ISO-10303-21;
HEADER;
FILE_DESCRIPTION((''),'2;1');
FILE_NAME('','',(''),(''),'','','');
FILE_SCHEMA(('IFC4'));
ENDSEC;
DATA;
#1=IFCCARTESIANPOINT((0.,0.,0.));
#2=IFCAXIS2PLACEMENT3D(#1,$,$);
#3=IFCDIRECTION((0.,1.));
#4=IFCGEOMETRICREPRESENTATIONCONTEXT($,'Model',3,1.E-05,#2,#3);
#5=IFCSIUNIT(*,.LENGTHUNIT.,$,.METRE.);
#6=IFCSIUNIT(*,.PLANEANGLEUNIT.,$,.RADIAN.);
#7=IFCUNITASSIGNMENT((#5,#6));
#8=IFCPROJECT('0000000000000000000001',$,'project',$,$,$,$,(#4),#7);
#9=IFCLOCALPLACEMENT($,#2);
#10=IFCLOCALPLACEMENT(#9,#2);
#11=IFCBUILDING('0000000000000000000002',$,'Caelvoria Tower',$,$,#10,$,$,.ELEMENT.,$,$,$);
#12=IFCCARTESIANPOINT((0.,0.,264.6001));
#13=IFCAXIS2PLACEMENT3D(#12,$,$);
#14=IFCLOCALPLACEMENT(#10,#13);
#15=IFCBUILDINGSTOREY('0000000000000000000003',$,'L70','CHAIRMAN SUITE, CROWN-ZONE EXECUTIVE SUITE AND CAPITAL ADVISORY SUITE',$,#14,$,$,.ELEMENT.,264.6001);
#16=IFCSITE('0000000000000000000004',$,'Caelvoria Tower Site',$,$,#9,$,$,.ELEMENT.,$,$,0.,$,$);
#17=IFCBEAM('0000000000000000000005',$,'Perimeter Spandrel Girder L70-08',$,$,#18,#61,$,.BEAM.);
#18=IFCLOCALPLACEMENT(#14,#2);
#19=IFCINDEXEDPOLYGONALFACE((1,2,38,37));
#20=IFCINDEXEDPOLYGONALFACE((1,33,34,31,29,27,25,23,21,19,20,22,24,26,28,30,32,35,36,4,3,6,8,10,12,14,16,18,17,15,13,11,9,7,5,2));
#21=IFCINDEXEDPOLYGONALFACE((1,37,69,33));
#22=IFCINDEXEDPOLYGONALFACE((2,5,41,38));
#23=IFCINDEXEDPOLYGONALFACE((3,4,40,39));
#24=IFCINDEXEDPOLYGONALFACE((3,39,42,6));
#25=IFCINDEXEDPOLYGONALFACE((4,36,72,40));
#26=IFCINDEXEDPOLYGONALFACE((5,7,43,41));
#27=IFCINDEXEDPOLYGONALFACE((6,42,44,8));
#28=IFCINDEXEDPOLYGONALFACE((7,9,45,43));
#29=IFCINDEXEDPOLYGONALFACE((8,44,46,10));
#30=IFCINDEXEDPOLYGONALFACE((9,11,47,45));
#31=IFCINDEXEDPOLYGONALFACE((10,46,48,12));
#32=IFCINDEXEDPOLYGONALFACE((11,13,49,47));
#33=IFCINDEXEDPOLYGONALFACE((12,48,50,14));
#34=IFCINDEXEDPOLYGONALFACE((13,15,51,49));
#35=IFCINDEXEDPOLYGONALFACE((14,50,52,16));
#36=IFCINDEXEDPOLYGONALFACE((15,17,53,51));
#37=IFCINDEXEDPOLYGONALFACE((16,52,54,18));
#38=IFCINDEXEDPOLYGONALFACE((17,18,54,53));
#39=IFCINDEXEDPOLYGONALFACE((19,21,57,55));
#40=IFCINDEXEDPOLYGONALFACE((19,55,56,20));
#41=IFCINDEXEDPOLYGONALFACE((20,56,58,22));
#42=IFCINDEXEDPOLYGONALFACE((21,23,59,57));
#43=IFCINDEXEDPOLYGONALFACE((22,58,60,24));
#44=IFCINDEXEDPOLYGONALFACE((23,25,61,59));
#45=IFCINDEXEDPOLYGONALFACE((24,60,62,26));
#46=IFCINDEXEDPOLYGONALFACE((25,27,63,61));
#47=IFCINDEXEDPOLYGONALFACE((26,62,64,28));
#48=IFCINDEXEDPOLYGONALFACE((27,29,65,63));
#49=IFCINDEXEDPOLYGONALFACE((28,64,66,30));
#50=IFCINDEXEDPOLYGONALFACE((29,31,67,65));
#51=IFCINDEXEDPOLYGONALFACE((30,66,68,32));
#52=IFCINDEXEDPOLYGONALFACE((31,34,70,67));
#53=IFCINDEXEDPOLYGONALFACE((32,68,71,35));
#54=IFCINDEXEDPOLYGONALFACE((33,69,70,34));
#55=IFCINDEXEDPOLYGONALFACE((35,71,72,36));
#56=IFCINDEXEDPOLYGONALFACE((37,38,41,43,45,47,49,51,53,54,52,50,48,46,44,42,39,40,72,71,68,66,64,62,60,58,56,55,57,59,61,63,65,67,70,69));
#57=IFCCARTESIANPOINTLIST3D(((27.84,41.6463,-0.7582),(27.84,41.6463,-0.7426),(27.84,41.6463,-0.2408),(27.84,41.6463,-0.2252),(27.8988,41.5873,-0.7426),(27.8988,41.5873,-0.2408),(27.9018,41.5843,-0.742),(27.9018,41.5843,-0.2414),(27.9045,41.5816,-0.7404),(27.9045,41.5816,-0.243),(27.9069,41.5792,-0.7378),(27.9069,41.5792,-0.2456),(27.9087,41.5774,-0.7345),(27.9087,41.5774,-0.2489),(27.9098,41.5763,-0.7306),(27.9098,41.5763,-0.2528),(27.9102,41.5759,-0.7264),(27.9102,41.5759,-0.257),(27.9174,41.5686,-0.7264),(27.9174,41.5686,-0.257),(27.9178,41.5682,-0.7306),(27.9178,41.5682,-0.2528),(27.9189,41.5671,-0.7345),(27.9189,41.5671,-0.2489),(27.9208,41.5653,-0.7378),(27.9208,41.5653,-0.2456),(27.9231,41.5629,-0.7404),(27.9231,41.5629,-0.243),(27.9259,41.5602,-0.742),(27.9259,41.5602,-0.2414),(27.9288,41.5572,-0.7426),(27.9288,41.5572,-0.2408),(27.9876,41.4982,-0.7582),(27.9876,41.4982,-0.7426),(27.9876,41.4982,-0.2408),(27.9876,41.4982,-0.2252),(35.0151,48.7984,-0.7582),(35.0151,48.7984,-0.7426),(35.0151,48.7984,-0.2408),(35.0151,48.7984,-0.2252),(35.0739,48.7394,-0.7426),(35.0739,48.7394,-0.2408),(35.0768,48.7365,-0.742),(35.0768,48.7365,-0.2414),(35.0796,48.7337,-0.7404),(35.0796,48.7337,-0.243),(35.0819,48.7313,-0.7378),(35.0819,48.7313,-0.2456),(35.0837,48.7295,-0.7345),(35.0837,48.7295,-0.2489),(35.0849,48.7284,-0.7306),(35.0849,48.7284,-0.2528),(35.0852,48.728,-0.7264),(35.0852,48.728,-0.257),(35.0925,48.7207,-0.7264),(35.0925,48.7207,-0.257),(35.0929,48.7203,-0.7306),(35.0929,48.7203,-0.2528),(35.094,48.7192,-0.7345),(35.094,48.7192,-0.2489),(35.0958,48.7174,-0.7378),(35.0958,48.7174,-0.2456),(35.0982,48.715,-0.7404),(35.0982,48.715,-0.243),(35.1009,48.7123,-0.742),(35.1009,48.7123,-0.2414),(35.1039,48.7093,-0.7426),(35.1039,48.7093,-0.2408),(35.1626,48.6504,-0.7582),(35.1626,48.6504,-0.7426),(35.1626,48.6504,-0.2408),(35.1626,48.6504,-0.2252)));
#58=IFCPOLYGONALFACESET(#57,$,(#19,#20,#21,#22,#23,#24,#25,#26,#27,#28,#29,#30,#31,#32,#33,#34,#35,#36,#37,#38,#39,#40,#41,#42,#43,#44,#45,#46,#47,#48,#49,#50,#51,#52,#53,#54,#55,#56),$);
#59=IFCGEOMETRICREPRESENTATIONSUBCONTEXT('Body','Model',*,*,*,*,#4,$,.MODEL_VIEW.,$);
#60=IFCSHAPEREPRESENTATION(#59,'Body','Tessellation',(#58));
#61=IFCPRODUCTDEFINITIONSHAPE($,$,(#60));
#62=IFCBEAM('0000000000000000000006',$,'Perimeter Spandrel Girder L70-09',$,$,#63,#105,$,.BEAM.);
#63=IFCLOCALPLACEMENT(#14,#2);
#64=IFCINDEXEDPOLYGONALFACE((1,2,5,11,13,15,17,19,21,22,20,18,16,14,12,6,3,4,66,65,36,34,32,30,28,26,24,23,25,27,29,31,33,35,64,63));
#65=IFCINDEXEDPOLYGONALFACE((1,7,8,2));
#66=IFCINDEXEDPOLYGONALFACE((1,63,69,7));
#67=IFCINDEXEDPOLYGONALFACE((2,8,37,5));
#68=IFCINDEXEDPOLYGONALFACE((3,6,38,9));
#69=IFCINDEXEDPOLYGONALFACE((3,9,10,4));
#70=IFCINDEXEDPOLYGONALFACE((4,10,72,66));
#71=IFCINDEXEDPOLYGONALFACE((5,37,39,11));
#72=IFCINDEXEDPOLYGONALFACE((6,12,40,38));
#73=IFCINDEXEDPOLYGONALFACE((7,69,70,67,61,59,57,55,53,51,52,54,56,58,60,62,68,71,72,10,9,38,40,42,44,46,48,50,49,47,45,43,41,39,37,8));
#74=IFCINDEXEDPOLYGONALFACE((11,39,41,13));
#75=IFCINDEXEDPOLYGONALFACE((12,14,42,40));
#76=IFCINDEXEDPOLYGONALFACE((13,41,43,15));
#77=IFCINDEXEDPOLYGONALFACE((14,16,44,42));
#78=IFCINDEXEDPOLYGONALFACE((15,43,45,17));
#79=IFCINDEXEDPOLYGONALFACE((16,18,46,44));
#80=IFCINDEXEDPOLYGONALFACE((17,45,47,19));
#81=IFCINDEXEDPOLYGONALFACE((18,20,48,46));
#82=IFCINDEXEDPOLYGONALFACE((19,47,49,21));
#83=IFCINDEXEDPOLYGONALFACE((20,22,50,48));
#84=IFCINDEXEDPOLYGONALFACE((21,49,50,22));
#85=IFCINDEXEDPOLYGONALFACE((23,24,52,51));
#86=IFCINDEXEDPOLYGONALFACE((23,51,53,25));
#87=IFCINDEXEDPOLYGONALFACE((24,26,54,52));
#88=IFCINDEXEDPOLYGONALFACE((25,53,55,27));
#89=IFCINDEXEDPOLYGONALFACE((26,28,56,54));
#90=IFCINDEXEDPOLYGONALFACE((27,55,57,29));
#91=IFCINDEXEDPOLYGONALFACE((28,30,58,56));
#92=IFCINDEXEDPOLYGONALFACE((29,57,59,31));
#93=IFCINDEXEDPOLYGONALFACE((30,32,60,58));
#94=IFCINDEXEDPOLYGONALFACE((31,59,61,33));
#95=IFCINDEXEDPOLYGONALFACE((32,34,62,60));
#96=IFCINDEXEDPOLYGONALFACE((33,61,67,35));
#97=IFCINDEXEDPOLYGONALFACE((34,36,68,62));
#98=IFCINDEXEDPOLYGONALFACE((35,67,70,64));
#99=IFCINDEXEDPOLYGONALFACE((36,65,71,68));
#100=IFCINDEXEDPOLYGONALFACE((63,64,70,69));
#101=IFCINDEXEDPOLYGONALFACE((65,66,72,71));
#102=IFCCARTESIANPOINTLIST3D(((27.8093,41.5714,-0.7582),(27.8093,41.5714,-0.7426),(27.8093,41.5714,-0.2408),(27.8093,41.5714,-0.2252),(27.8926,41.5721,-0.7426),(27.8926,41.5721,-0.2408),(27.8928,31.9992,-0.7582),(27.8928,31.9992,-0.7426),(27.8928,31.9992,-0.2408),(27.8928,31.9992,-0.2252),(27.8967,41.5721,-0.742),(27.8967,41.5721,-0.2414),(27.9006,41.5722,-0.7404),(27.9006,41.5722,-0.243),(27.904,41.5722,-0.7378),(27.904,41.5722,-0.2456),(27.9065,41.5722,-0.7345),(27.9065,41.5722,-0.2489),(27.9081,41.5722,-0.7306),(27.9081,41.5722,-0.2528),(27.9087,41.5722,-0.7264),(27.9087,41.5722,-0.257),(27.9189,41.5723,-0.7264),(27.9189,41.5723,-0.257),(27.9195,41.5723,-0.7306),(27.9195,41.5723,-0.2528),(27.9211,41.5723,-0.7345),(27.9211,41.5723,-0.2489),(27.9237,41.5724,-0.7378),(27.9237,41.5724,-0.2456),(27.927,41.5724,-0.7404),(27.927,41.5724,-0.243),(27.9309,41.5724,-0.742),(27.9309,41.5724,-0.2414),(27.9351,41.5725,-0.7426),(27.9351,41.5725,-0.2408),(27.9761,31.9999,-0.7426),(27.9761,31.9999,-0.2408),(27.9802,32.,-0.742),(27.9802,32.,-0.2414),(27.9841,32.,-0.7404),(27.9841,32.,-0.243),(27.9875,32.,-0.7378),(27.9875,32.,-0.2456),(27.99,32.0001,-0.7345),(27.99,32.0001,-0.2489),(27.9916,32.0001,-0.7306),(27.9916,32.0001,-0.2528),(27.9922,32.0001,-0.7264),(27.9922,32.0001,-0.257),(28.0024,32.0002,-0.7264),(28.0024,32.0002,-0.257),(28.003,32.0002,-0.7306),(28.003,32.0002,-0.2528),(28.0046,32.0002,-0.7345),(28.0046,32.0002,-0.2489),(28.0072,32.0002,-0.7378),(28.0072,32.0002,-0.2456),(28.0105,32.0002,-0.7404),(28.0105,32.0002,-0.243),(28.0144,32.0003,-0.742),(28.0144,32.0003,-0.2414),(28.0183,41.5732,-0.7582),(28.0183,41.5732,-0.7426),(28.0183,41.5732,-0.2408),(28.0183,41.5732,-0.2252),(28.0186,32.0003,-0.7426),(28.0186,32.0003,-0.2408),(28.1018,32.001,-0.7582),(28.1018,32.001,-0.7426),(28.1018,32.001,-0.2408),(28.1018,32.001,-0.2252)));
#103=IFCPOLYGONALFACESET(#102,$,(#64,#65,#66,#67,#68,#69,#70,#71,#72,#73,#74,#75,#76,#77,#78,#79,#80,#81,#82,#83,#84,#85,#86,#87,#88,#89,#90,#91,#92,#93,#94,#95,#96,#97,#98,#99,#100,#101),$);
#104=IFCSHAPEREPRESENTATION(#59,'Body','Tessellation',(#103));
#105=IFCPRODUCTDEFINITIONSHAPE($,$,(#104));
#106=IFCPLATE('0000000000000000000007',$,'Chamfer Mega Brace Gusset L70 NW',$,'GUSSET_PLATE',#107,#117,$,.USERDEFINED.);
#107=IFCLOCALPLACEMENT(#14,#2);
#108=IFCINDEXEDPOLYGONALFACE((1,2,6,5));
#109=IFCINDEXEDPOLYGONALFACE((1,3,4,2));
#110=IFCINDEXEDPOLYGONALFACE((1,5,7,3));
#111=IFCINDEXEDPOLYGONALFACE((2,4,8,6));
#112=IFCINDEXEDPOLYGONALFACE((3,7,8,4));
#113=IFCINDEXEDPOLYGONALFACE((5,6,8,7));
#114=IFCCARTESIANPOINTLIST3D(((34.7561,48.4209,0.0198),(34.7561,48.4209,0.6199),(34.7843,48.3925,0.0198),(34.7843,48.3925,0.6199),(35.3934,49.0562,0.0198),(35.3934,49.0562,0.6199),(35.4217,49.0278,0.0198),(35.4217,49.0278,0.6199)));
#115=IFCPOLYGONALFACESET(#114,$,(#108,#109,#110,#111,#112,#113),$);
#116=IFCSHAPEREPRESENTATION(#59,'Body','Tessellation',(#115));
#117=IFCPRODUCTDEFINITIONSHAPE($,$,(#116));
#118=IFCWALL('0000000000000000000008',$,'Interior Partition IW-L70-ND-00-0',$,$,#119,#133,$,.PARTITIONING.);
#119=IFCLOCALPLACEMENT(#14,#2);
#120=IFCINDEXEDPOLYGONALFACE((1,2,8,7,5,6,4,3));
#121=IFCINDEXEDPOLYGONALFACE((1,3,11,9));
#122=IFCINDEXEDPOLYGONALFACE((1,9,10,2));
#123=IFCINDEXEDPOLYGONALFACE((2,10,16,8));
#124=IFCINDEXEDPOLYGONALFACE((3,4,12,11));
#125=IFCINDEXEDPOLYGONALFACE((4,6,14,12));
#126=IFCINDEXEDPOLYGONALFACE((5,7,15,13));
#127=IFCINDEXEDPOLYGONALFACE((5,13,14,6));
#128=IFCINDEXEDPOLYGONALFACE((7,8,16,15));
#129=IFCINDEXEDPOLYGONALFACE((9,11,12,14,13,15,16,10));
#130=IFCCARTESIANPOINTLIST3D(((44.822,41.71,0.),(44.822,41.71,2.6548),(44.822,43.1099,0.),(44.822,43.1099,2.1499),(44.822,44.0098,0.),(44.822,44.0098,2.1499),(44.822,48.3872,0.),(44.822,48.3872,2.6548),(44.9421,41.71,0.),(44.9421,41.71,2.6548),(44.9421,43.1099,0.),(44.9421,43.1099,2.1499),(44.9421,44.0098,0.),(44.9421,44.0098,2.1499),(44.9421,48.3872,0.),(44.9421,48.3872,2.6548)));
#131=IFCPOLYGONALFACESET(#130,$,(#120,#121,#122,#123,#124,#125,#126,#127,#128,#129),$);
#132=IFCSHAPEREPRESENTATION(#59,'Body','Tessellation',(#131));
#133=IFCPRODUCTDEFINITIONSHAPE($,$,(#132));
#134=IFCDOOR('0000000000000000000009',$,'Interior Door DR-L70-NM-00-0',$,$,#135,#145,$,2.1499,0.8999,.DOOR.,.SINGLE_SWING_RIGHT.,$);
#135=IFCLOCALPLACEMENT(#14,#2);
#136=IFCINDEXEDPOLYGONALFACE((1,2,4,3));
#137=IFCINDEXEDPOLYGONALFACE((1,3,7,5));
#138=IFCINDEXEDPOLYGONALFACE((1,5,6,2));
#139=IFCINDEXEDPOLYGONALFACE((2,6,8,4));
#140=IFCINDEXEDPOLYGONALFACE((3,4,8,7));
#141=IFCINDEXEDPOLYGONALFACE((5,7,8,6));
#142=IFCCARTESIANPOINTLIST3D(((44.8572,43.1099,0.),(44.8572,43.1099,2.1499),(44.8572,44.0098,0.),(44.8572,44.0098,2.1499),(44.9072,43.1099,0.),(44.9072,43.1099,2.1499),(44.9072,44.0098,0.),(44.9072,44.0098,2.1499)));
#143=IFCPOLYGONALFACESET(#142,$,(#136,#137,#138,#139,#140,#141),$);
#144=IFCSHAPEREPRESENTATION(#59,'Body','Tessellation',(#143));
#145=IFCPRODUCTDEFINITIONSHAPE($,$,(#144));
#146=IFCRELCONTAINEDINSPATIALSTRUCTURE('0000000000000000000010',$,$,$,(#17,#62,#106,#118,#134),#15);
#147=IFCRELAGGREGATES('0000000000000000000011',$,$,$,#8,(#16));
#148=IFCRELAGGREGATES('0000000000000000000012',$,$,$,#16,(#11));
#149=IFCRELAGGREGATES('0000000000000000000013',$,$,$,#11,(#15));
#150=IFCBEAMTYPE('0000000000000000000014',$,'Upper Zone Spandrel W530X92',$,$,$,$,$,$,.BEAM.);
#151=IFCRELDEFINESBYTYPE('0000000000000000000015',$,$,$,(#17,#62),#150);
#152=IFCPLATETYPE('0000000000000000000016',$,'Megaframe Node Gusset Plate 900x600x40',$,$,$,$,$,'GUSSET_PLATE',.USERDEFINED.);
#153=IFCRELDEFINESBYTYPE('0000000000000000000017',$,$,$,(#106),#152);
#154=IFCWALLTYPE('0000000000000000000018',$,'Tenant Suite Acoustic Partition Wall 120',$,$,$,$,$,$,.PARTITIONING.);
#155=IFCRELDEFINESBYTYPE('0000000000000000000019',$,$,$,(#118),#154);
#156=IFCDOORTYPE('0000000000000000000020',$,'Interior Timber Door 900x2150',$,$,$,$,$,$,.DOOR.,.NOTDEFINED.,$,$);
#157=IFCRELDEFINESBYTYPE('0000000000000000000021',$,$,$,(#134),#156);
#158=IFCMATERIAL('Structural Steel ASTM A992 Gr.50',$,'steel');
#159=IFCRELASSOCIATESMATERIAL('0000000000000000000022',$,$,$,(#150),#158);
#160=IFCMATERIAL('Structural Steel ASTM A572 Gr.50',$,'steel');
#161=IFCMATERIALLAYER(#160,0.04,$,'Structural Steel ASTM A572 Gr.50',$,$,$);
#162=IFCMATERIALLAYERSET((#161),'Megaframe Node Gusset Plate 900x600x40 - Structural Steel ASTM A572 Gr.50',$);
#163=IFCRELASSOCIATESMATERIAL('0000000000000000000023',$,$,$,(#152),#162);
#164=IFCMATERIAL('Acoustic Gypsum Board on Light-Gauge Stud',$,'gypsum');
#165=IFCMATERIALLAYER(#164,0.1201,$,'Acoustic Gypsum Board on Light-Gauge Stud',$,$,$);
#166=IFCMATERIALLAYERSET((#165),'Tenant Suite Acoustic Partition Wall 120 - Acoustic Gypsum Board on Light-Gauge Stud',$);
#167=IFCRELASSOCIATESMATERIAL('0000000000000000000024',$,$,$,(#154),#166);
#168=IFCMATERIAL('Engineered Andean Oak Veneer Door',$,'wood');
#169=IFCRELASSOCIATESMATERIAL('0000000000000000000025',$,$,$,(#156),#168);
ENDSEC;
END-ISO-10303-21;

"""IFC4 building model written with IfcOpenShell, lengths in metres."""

from ifc_helpers import new_model, si_unit, direction, frame, frame_2d, origin, origin_2d, place, context, subcontext, project, spatial, rectangle, i_section, extrude, material, layer, layer_set, material_profile, profile_set, type_object, element, fill, save


model = new_model("IFC4")

# Units and contexts
model_context = context("Model", 3, precision=1e-05, world=origin(), true_north=direction((0.0, 1.0)))
body_context = subcontext(model_context, "Body", "Model", "MODEL_VIEW")
ifc_project = project(units=[si_unit("LENGTHUNIT", "METRE"), si_unit("PLANEANGLEUNIT", "RADIAN")], contexts=[model_context])

# Site, building, storey
site_placement = place(None, origin())
site = spatial("IfcSite", under=ifc_project, at=site_placement, Name="Caelvoria Tower Site", CompositionType="ELEMENT", RefElevation=0.0)
building_placement = place(site_placement, origin())
building = spatial("IfcBuilding", under=site, at=building_placement, Name="Caelvoria Tower", CompositionType="ELEMENT")
storey_placement = place(building_placement, frame((0.0, 0.0, 264.6001)))
storey = spatial("IfcBuildingStorey", under=building, at=storey_placement, Name="L70", Description="CHAIRMAN SUITE, CROWN-ZONE EXECUTIVE SUITE AND CAPITAL ADVISORY SUITE", CompositionType="ELEMENT", Elevation=264.6001)

# Shared definitions
ifc_material_1 = material(Name="Structural Steel ASTM A572 Gr.50", Category="steel")

# Shared definitions
ifc_material_2 = material(Name="Structural Steel ASTM A992 Gr.50", Category="steel")

# Beams
ifc_material_profile_1 = material_profile(ifc_material_2, i_section(OverallWidth=0.209, OverallDepth=0.533, WebThickness=0.0103, FlangeThickness=0.0156, FilletRadius=0.0161, at=origin_2d()), Name="Structural Steel ASTM A992 Gr.50")
ifc_profile_set_1 = profile_set([ifc_material_profile_1], Name="W530X92 - Structural Steel ASTM A992 Gr.50")
beam_type_1 = type_object("IfcBeamType", Name="Upper Zone Spandrel W530X92", PredefinedType="BEAM", material=ifc_profile_set_1)
beam_1_placement = place(storey_placement, frame((35.0889, 48.7244, -0.4917), z_axis=(-0.708239, -0.705973, 0.0), x_axis=(0.705973, -0.708239, 0.0)))
element("IfcBeam", 1, at=beam_1_placement, inside=storey, type_object=beam_type_1, Name="Perimeter Spandrel Girder L70-08", PredefinedType="BEAM", context=body_context, shape_type="SweptSolid", body=[
    extrude(i_section(OverallWidth=0.209, OverallDepth=0.533, WebThickness=0.0103, FlangeThickness=0.0156, FilletRadius=0.0161, at=origin_2d()), origin(), (0.0, 0.0, 1.0), 10.1309),
])
beam_2_placement = place(storey_placement, frame((27.9138, 41.5723, -0.4917), z_axis=(0.008722, -0.999962, 0.0), x_axis=(0.999962, 0.008722, 0.0)))
element("IfcBeam", 2, at=beam_2_placement, inside=storey, type_object=beam_type_1, Name="Perimeter Spandrel Girder L70-09", PredefinedType="BEAM", context=body_context, shape_type="SweptSolid", body=[
    extrude(i_section(OverallWidth=0.209, OverallDepth=0.533, WebThickness=0.0103, FlangeThickness=0.0156, FilletRadius=0.0161, at=origin_2d()), origin(), (0.0, 0.0, 1.0), 9.5725),
])

# Plate
ifc_layer_1 = layer(ifc_material_1, 0.04, Name="Structural Steel ASTM A572 Gr.50")
ifc_layer_set_1 = layer_set([ifc_layer_1], Name="Megaframe Node Gusset Plate 900x600x40 - Structural Steel ASTM A572 Gr.50")
plate_type = type_object("IfcPlateType", Name="Megaframe Node Gusset Plate 900x600x40", ElementType="GUSSET_PLATE", PredefinedType="USERDEFINED", material=ifc_layer_set_1)
plate_placement = place(storey_placement, frame((35.0889, 48.7244, 0.0198), z_axis=(0.0, 0.0, 1.0), x_axis=(-0.708251, -0.705961, 0.0)))
element("IfcPlate", 3, at=plate_placement, inside=storey, type_object=plate_type, Name="Chamfer Mega Brace Gusset L70 NW", ObjectType="GUSSET_PLATE", PredefinedType="USERDEFINED", context=body_context, shape_type="SweptSolid", body=[
    extrude(rectangle(XDim=0.8999, YDim=0.04, at=origin_2d()), origin(), (0.0, 0.0, 1.0), 0.6001),
])

# Wall, opening, door
ifc_material_3 = material(Name="Acoustic Gypsum Board on Light-Gauge Stud", Category="gypsum")
ifc_layer_2 = layer(ifc_material_3, 0.1201, Name="Acoustic Gypsum Board on Light-Gauge Stud")
ifc_layer_set_2 = layer_set([ifc_layer_2], Name="Tenant Suite Acoustic Partition Wall 120 - Acoustic Gypsum Board on Light-Gauge Stud")
wall_type_1 = type_object("IfcWallType", Name="Tenant Suite Acoustic Partition Wall 120", PredefinedType="PARTITIONING", material=ifc_layer_set_2)
wall_1_placement = place(storey_placement, frame((44.8821, 41.71, 0.0), z_axis=(0.0, 0.0, 1.0), x_axis=(0.0, 1.0, 0.0)))
wall_1 = element("IfcWall", 4, at=wall_1_placement, inside=storey, type_object=wall_type_1, Name="Interior Partition IW-L70-ND-00-0", PredefinedType="PARTITIONING", context=body_context, shape_type="SweptSolid", body=[
    extrude(rectangle(XDim=6.6772, YDim=0.1201, at=frame_2d((3.3386, 0.0))), origin(), (0.0, 0.0, 1.0), 2.6548),
])
opening_1_placement = place(wall_1_placement, frame((1.3999, 0.0, 0.0)))
opening_1 = element("IfcOpeningElement", 5, at=opening_1_placement, cuts=wall_1, PredefinedType="OPENING", context=body_context, shape_type="SweptSolid", body=[
    extrude(rectangle(XDim=0.8999, YDim=2.1499, at=frame_2d((0.45, 1.075))), frame((0.0, 0.0701, 0.0), z_axis=(0.0, -1.0, 0.0), x_axis=(1.0, 0.0, 0.0)), (0.0, 0.0, 1.0), 0.1401),
])
ifc_material_4 = material(Name="Engineered Andean Oak Veneer Door", Category="wood")
door_type_1 = type_object("IfcDoorType", Name="Interior Timber Door 900x2150", OperationType="NOTDEFINED", PredefinedType="DOOR", material=ifc_material_4)
door_1_placement = place(opening_1_placement, origin())
door_1 = element("IfcDoor", 6, at=door_1_placement, inside=storey, type_object=door_type_1, Name="Interior Door DR-L70-NM-00-0", OperationType="SINGLE_SWING_RIGHT", OverallHeight=2.1499, OverallWidth=0.8999, PredefinedType="DOOR", context=body_context, shape_type="SweptSolid", body=[
    extrude(rectangle(XDim=0.8999, YDim=2.1499, at=frame_2d((0.45, 1.075))), frame((0.0, 0.0249, 0.0), z_axis=(0.0, -1.0, 0.0), x_axis=(1.0, 0.0, 0.0)), (0.0, 0.0, 1.0), 0.05),
])
fill(opening_1, door_1)

save(model, "model.ifc")
